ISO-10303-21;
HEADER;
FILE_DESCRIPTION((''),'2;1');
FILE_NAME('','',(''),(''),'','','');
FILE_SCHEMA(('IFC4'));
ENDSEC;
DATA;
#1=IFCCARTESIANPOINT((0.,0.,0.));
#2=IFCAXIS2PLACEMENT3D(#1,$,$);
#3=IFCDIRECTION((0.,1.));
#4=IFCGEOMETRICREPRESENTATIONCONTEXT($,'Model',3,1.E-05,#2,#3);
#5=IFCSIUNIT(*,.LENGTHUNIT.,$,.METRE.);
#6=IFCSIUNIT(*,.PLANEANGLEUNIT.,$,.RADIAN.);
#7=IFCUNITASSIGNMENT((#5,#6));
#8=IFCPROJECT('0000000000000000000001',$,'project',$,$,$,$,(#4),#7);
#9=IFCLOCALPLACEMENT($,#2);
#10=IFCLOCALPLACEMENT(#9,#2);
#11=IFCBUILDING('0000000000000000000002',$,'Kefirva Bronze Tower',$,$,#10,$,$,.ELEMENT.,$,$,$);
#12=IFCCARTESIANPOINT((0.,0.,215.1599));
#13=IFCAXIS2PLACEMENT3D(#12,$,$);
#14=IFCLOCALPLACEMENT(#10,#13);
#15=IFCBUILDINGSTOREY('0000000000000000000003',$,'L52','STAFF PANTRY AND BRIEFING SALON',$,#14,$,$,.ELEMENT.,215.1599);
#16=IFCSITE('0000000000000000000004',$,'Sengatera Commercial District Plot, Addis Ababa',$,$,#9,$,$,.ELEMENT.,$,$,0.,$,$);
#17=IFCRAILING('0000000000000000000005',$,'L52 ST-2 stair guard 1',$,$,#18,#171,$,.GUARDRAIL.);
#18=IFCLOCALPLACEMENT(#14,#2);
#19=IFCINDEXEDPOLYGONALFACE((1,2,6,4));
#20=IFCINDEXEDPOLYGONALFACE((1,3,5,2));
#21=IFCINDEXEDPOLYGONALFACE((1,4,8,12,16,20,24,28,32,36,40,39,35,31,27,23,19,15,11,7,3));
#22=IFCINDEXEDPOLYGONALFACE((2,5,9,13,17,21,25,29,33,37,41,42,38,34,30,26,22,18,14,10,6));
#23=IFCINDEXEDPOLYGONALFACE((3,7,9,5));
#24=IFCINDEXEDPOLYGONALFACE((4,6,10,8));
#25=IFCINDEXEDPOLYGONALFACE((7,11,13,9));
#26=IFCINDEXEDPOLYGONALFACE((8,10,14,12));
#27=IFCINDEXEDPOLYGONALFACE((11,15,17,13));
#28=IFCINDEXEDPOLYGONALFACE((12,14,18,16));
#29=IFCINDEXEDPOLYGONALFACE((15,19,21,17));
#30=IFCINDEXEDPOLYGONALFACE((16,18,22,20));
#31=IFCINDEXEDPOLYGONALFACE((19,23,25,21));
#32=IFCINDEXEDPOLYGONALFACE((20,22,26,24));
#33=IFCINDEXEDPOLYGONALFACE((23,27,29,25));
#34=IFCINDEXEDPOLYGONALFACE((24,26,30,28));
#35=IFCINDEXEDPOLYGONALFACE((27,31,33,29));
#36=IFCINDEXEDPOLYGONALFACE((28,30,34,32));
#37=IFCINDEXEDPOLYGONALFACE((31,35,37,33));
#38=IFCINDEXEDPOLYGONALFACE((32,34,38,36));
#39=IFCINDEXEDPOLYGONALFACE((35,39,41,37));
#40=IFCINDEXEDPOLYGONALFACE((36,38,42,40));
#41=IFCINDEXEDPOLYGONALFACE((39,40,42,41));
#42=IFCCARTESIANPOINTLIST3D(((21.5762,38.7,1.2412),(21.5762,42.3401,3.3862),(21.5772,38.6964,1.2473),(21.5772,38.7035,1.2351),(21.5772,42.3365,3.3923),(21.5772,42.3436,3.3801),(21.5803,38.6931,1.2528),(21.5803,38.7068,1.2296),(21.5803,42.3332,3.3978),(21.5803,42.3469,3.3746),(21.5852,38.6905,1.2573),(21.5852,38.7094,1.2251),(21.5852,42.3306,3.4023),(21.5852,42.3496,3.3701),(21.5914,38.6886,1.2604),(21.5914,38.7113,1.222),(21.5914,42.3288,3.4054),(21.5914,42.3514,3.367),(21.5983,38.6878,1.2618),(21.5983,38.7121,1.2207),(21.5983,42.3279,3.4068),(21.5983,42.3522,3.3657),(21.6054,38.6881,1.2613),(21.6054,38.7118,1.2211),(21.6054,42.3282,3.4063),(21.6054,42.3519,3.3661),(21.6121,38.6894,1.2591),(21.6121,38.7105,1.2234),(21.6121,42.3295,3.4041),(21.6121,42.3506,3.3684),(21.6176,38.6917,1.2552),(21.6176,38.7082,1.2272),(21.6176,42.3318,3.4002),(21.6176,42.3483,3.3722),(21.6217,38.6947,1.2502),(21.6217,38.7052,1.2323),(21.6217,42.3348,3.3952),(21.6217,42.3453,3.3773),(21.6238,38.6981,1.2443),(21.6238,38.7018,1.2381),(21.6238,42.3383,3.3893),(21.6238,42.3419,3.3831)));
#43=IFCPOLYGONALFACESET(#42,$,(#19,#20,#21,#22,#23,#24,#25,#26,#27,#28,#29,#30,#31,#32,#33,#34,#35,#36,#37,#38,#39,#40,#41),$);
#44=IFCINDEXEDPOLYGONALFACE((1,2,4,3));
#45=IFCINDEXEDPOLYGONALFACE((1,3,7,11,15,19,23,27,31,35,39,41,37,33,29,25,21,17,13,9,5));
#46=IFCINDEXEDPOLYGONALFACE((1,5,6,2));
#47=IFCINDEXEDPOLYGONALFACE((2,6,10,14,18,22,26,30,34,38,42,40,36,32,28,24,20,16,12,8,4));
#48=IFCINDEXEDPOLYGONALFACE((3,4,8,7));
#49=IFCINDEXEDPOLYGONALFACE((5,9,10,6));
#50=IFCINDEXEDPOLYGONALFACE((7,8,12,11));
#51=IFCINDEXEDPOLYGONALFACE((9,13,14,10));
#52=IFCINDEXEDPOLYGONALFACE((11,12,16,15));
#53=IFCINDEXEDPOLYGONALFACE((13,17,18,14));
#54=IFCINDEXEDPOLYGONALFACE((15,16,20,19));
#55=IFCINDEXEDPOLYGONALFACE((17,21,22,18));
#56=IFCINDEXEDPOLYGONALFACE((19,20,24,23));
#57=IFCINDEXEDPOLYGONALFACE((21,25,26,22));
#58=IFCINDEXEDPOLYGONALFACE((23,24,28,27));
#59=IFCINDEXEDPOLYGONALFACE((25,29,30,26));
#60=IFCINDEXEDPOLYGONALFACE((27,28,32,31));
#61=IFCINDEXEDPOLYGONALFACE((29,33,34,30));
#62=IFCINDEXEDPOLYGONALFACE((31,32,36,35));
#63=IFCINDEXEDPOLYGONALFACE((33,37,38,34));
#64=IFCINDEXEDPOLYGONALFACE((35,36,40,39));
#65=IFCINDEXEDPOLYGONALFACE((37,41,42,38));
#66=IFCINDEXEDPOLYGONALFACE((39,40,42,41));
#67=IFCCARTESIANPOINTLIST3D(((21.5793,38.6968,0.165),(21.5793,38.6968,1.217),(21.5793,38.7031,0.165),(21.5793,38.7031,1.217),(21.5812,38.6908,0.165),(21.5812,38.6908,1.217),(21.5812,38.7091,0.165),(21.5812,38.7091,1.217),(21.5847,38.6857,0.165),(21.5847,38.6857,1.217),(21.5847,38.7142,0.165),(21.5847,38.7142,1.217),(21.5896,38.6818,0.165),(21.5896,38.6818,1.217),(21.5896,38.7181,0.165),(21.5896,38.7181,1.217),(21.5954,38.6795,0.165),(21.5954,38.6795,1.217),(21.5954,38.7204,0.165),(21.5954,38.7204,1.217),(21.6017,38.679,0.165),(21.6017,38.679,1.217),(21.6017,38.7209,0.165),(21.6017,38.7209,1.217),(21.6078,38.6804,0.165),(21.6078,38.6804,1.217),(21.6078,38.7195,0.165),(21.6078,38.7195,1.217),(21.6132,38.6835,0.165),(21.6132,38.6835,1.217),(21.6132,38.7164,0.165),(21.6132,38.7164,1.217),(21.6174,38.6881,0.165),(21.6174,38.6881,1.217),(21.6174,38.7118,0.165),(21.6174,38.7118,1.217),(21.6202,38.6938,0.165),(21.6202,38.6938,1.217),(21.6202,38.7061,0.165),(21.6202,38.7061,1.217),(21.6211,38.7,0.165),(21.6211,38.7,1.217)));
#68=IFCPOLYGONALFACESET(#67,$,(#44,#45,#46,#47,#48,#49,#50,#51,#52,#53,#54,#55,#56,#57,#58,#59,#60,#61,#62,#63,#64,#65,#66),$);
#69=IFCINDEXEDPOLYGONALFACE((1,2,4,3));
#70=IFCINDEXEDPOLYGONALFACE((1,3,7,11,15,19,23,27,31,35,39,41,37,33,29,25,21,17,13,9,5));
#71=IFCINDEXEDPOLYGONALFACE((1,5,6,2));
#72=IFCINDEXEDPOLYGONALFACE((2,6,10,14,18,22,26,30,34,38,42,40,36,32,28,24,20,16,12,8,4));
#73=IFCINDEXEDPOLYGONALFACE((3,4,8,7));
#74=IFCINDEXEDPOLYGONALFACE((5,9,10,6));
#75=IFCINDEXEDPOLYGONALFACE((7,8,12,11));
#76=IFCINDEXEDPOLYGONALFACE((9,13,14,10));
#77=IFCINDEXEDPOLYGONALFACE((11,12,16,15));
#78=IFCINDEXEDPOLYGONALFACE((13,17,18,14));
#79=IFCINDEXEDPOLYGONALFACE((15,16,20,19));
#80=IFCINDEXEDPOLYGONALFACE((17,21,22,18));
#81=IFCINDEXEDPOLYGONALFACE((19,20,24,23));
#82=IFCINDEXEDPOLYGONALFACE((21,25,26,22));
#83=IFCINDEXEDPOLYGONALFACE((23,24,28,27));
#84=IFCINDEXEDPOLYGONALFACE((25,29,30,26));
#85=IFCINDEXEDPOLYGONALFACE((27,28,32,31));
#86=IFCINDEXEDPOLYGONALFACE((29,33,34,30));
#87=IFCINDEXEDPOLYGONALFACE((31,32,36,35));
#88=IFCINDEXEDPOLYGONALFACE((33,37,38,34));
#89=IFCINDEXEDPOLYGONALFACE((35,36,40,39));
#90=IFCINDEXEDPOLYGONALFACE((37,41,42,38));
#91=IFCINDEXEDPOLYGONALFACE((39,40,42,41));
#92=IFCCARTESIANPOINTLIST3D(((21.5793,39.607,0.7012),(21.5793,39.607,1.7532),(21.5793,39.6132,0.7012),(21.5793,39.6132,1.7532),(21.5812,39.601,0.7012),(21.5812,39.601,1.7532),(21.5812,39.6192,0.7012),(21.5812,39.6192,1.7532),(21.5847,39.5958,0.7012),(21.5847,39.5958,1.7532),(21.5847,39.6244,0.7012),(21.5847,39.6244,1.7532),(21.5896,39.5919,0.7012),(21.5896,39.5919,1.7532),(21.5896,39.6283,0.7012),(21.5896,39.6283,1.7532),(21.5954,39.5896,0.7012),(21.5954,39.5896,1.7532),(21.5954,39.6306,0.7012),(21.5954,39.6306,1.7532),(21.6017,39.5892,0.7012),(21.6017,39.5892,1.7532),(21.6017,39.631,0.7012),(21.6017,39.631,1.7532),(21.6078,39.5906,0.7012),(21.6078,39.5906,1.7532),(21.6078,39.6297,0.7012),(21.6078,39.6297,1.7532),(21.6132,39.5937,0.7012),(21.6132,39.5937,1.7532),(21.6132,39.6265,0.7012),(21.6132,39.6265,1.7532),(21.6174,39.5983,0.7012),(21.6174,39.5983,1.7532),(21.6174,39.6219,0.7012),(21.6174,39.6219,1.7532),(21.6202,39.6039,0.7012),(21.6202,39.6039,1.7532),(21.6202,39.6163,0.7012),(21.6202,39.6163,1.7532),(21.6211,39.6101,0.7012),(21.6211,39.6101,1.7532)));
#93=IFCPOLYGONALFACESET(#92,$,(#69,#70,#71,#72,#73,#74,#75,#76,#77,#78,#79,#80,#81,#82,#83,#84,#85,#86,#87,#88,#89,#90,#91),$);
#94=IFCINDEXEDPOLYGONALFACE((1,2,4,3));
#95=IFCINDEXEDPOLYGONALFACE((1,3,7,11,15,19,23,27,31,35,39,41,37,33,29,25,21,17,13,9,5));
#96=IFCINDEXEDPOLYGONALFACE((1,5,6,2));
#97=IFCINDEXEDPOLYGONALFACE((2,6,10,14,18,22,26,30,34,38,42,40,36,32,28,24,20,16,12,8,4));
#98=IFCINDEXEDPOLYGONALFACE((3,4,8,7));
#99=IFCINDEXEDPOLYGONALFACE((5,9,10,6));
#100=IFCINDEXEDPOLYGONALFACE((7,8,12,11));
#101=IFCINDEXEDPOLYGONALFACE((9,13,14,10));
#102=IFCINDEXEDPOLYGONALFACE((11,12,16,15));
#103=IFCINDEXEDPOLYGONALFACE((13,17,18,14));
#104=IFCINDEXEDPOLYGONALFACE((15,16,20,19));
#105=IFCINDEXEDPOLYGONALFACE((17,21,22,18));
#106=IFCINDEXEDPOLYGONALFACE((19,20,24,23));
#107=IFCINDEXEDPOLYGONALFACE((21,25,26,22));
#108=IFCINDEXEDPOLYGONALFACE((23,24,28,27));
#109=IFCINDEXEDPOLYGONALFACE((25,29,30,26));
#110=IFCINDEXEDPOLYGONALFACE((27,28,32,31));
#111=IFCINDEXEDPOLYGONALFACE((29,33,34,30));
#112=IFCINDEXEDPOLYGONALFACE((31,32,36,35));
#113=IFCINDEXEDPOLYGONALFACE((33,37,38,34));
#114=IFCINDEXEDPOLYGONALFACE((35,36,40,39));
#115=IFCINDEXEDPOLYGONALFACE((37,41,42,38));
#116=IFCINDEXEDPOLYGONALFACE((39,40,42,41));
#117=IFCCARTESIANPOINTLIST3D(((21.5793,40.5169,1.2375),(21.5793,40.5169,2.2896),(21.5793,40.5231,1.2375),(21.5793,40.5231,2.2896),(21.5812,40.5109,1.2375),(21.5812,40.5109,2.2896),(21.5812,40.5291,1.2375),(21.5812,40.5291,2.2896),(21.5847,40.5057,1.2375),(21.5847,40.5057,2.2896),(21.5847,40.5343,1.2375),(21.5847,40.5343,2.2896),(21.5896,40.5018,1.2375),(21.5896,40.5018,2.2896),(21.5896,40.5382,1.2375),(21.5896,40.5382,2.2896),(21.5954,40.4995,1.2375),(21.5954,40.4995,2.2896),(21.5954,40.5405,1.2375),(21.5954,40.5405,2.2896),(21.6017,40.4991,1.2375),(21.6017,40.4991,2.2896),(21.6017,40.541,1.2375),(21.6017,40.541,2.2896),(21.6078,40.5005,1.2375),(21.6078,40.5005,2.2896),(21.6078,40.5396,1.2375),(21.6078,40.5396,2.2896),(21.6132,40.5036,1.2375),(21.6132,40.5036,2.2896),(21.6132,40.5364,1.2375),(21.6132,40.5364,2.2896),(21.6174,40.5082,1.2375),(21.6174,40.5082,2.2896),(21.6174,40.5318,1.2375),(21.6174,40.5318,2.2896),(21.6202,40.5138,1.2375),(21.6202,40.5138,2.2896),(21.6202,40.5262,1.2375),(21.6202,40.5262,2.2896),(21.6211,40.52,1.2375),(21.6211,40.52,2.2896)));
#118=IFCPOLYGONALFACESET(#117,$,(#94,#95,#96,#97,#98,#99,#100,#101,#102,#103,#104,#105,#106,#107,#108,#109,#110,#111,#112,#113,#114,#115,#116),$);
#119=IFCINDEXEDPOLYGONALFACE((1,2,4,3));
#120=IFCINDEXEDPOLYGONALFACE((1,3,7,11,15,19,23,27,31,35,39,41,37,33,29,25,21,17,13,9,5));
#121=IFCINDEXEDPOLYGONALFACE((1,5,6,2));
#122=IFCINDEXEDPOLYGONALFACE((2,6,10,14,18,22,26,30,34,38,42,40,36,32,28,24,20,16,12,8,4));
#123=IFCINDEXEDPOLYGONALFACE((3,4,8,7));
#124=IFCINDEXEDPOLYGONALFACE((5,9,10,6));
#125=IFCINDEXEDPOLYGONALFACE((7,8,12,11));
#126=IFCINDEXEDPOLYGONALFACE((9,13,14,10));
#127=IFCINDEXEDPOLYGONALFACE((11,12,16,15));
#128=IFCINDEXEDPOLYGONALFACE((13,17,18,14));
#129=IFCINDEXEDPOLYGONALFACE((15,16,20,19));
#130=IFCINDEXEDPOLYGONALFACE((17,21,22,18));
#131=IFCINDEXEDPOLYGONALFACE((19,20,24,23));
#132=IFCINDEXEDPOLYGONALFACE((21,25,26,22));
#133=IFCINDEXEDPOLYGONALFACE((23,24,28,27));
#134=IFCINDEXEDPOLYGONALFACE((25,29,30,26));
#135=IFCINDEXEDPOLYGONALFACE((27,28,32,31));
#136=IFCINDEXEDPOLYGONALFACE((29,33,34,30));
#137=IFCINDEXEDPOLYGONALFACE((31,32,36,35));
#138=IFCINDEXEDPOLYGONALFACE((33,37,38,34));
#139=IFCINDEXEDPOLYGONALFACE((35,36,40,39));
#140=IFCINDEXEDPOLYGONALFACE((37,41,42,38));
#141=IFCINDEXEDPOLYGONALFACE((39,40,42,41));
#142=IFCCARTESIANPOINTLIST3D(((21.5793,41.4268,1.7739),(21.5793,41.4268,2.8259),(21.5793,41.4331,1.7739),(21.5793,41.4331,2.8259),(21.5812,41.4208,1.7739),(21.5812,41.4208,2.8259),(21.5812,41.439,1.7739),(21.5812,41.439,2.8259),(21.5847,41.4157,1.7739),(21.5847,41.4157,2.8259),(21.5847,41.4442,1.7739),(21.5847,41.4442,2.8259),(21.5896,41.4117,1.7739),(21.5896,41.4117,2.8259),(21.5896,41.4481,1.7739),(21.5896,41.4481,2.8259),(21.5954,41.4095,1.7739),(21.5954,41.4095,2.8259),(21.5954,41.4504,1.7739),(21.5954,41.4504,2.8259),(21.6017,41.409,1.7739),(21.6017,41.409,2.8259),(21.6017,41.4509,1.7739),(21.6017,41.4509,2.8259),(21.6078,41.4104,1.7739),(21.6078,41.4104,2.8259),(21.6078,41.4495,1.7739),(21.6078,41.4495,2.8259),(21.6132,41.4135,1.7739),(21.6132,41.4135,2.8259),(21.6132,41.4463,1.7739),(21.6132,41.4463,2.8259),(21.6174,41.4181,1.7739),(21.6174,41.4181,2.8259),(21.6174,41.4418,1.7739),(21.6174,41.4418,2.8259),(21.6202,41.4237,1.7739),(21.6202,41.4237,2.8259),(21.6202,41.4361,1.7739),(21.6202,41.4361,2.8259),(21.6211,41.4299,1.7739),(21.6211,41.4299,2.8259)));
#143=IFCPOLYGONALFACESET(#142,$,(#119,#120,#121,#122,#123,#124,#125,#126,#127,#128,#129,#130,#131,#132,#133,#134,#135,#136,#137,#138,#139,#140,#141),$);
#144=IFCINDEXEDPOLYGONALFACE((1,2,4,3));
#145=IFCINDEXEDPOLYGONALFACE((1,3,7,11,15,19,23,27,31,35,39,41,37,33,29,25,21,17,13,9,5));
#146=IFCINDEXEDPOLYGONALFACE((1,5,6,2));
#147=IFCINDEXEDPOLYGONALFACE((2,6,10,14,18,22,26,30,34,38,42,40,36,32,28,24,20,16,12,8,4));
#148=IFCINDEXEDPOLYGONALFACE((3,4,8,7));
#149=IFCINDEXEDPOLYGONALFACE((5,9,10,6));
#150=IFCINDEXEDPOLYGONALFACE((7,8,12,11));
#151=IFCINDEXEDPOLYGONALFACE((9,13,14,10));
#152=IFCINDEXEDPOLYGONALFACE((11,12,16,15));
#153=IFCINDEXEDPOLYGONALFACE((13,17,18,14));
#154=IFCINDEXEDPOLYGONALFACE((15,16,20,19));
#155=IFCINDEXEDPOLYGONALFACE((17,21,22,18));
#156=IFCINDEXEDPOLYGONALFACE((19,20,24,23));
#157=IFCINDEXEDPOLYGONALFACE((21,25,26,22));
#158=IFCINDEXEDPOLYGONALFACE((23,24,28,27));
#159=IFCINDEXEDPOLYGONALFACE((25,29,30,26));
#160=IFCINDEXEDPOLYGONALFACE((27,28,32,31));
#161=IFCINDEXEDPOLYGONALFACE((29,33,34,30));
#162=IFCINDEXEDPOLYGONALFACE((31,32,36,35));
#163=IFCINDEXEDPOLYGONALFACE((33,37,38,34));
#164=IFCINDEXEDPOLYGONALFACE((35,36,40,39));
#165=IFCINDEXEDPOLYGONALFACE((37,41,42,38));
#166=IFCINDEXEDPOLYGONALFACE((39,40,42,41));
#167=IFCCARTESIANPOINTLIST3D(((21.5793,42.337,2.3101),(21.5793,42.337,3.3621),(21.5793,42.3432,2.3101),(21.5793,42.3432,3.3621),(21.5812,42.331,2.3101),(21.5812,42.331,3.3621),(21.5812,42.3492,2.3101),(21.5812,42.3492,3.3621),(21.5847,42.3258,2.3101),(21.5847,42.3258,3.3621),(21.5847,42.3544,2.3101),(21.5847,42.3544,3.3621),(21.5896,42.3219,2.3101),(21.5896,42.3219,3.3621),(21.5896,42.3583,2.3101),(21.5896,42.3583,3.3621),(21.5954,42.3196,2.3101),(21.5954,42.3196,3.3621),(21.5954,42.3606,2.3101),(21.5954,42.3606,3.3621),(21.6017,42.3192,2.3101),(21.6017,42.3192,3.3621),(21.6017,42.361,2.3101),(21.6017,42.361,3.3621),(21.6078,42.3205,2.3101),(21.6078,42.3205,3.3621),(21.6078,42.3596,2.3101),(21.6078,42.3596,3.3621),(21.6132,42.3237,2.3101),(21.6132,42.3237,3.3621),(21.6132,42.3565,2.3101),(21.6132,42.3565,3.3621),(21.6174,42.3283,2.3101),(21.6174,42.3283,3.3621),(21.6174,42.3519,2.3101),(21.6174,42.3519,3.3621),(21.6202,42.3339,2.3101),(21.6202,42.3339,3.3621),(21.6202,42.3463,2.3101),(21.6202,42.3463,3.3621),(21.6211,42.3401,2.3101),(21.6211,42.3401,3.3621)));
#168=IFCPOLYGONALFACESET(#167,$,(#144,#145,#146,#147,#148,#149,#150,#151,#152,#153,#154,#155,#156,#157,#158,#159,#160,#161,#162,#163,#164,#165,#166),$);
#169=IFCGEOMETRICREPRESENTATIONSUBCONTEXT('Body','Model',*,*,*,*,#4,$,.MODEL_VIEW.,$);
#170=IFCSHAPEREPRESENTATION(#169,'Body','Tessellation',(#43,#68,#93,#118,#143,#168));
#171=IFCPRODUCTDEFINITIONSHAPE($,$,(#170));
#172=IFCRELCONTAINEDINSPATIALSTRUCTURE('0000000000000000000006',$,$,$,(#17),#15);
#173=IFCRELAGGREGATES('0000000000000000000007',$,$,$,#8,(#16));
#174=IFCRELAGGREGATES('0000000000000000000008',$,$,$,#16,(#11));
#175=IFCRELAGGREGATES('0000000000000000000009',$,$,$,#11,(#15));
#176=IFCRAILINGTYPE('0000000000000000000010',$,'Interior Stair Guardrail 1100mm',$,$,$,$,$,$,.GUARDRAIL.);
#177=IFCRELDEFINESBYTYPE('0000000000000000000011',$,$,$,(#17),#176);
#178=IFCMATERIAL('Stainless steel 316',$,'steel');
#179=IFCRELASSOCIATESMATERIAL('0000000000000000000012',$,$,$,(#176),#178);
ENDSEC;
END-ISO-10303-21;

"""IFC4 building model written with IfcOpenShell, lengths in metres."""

from ifc_helpers import new_model, si_unit, direction, frame, origin, origin_2d, place, context, subcontext, project, spatial, circle, extrude, material, type_object, element, save


model = new_model("IFC4")

# Units and contexts
model_context = context("Model", 3, precision=1e-05, world=origin(), true_north=direction((0.0, 1.0)))
body_context = subcontext(model_context, "Body", "Model", "MODEL_VIEW")
ifc_project = project(units=[si_unit("LENGTHUNIT", "METRE"), si_unit("PLANEANGLEUNIT", "RADIAN")], contexts=[model_context])

# Site, building, storey
site_placement = place(None, origin())
site = spatial("IfcSite", under=ifc_project, at=site_placement, Name="Sengatera Commercial District Plot, Addis Ababa", CompositionType="ELEMENT", RefElevation=0.0)
building_placement = place(site_placement, origin())
building = spatial("IfcBuilding", under=site, at=building_placement, Name="Kefirva Bronze Tower", CompositionType="ELEMENT")
storey_placement = place(building_placement, frame((0.0, 0.0, 215.1599)))
storey = spatial("IfcBuildingStorey", under=building, at=storey_placement, Name="L52", Description="STAFF PANTRY AND BRIEFING SALON", CompositionType="ELEMENT", Elevation=215.1599)

# Shared definitions
ifc_material_1 = material(Name="Stainless steel 316", Category="steel")

# Railing
railing_type_1 = type_object("IfcRailingType", Name="Interior Stair Guardrail 1100mm", PredefinedType="GUARDRAIL", material=ifc_material_1)
railing_1_placement = place(storey_placement, frame((21.6001, 38.7, 0.165)))
element("IfcRailing", 1, at=railing_1_placement, inside=storey, type_object=railing_type_1, Name="L52 ST-2 stair guard 1", PredefinedType="GUARDRAIL", context=body_context, shape_type="SweptSolid", body=[
    extrude(circle(Radius=0.0239, at=origin_2d()), frame((0.0, 0.0, 1.0762), z_axis=(0.0, 0.861545, 0.507682), x_axis=(-1.0, 0.0, 0.0)), (0.0, 0.0, 1.0), 4.2251),
    extrude(circle(Radius=0.021, at=origin_2d()), origin(), (0.0, 0.0, 1.0), 1.052),
    extrude(circle(Radius=0.021, at=origin_2d()), frame((0.0, 0.9102, 0.5361)), (0.0, 0.0, 1.0), 1.052),
    extrude(circle(Radius=0.021, at=origin_2d()), frame((0.0, 1.8201, 1.0725)), (0.0, 0.0, 1.0), 1.052),
    extrude(circle(Radius=0.021, at=origin_2d()), frame((0.0, 2.73, 1.6089)), (0.0, 0.0, 1.0), 1.052),
    extrude(circle(Radius=0.021, at=origin_2d()), frame((0.0, 3.6401, 2.145)), (0.0, 0.0, 1.0), 1.052),
])

save(model, "model.ifc")
